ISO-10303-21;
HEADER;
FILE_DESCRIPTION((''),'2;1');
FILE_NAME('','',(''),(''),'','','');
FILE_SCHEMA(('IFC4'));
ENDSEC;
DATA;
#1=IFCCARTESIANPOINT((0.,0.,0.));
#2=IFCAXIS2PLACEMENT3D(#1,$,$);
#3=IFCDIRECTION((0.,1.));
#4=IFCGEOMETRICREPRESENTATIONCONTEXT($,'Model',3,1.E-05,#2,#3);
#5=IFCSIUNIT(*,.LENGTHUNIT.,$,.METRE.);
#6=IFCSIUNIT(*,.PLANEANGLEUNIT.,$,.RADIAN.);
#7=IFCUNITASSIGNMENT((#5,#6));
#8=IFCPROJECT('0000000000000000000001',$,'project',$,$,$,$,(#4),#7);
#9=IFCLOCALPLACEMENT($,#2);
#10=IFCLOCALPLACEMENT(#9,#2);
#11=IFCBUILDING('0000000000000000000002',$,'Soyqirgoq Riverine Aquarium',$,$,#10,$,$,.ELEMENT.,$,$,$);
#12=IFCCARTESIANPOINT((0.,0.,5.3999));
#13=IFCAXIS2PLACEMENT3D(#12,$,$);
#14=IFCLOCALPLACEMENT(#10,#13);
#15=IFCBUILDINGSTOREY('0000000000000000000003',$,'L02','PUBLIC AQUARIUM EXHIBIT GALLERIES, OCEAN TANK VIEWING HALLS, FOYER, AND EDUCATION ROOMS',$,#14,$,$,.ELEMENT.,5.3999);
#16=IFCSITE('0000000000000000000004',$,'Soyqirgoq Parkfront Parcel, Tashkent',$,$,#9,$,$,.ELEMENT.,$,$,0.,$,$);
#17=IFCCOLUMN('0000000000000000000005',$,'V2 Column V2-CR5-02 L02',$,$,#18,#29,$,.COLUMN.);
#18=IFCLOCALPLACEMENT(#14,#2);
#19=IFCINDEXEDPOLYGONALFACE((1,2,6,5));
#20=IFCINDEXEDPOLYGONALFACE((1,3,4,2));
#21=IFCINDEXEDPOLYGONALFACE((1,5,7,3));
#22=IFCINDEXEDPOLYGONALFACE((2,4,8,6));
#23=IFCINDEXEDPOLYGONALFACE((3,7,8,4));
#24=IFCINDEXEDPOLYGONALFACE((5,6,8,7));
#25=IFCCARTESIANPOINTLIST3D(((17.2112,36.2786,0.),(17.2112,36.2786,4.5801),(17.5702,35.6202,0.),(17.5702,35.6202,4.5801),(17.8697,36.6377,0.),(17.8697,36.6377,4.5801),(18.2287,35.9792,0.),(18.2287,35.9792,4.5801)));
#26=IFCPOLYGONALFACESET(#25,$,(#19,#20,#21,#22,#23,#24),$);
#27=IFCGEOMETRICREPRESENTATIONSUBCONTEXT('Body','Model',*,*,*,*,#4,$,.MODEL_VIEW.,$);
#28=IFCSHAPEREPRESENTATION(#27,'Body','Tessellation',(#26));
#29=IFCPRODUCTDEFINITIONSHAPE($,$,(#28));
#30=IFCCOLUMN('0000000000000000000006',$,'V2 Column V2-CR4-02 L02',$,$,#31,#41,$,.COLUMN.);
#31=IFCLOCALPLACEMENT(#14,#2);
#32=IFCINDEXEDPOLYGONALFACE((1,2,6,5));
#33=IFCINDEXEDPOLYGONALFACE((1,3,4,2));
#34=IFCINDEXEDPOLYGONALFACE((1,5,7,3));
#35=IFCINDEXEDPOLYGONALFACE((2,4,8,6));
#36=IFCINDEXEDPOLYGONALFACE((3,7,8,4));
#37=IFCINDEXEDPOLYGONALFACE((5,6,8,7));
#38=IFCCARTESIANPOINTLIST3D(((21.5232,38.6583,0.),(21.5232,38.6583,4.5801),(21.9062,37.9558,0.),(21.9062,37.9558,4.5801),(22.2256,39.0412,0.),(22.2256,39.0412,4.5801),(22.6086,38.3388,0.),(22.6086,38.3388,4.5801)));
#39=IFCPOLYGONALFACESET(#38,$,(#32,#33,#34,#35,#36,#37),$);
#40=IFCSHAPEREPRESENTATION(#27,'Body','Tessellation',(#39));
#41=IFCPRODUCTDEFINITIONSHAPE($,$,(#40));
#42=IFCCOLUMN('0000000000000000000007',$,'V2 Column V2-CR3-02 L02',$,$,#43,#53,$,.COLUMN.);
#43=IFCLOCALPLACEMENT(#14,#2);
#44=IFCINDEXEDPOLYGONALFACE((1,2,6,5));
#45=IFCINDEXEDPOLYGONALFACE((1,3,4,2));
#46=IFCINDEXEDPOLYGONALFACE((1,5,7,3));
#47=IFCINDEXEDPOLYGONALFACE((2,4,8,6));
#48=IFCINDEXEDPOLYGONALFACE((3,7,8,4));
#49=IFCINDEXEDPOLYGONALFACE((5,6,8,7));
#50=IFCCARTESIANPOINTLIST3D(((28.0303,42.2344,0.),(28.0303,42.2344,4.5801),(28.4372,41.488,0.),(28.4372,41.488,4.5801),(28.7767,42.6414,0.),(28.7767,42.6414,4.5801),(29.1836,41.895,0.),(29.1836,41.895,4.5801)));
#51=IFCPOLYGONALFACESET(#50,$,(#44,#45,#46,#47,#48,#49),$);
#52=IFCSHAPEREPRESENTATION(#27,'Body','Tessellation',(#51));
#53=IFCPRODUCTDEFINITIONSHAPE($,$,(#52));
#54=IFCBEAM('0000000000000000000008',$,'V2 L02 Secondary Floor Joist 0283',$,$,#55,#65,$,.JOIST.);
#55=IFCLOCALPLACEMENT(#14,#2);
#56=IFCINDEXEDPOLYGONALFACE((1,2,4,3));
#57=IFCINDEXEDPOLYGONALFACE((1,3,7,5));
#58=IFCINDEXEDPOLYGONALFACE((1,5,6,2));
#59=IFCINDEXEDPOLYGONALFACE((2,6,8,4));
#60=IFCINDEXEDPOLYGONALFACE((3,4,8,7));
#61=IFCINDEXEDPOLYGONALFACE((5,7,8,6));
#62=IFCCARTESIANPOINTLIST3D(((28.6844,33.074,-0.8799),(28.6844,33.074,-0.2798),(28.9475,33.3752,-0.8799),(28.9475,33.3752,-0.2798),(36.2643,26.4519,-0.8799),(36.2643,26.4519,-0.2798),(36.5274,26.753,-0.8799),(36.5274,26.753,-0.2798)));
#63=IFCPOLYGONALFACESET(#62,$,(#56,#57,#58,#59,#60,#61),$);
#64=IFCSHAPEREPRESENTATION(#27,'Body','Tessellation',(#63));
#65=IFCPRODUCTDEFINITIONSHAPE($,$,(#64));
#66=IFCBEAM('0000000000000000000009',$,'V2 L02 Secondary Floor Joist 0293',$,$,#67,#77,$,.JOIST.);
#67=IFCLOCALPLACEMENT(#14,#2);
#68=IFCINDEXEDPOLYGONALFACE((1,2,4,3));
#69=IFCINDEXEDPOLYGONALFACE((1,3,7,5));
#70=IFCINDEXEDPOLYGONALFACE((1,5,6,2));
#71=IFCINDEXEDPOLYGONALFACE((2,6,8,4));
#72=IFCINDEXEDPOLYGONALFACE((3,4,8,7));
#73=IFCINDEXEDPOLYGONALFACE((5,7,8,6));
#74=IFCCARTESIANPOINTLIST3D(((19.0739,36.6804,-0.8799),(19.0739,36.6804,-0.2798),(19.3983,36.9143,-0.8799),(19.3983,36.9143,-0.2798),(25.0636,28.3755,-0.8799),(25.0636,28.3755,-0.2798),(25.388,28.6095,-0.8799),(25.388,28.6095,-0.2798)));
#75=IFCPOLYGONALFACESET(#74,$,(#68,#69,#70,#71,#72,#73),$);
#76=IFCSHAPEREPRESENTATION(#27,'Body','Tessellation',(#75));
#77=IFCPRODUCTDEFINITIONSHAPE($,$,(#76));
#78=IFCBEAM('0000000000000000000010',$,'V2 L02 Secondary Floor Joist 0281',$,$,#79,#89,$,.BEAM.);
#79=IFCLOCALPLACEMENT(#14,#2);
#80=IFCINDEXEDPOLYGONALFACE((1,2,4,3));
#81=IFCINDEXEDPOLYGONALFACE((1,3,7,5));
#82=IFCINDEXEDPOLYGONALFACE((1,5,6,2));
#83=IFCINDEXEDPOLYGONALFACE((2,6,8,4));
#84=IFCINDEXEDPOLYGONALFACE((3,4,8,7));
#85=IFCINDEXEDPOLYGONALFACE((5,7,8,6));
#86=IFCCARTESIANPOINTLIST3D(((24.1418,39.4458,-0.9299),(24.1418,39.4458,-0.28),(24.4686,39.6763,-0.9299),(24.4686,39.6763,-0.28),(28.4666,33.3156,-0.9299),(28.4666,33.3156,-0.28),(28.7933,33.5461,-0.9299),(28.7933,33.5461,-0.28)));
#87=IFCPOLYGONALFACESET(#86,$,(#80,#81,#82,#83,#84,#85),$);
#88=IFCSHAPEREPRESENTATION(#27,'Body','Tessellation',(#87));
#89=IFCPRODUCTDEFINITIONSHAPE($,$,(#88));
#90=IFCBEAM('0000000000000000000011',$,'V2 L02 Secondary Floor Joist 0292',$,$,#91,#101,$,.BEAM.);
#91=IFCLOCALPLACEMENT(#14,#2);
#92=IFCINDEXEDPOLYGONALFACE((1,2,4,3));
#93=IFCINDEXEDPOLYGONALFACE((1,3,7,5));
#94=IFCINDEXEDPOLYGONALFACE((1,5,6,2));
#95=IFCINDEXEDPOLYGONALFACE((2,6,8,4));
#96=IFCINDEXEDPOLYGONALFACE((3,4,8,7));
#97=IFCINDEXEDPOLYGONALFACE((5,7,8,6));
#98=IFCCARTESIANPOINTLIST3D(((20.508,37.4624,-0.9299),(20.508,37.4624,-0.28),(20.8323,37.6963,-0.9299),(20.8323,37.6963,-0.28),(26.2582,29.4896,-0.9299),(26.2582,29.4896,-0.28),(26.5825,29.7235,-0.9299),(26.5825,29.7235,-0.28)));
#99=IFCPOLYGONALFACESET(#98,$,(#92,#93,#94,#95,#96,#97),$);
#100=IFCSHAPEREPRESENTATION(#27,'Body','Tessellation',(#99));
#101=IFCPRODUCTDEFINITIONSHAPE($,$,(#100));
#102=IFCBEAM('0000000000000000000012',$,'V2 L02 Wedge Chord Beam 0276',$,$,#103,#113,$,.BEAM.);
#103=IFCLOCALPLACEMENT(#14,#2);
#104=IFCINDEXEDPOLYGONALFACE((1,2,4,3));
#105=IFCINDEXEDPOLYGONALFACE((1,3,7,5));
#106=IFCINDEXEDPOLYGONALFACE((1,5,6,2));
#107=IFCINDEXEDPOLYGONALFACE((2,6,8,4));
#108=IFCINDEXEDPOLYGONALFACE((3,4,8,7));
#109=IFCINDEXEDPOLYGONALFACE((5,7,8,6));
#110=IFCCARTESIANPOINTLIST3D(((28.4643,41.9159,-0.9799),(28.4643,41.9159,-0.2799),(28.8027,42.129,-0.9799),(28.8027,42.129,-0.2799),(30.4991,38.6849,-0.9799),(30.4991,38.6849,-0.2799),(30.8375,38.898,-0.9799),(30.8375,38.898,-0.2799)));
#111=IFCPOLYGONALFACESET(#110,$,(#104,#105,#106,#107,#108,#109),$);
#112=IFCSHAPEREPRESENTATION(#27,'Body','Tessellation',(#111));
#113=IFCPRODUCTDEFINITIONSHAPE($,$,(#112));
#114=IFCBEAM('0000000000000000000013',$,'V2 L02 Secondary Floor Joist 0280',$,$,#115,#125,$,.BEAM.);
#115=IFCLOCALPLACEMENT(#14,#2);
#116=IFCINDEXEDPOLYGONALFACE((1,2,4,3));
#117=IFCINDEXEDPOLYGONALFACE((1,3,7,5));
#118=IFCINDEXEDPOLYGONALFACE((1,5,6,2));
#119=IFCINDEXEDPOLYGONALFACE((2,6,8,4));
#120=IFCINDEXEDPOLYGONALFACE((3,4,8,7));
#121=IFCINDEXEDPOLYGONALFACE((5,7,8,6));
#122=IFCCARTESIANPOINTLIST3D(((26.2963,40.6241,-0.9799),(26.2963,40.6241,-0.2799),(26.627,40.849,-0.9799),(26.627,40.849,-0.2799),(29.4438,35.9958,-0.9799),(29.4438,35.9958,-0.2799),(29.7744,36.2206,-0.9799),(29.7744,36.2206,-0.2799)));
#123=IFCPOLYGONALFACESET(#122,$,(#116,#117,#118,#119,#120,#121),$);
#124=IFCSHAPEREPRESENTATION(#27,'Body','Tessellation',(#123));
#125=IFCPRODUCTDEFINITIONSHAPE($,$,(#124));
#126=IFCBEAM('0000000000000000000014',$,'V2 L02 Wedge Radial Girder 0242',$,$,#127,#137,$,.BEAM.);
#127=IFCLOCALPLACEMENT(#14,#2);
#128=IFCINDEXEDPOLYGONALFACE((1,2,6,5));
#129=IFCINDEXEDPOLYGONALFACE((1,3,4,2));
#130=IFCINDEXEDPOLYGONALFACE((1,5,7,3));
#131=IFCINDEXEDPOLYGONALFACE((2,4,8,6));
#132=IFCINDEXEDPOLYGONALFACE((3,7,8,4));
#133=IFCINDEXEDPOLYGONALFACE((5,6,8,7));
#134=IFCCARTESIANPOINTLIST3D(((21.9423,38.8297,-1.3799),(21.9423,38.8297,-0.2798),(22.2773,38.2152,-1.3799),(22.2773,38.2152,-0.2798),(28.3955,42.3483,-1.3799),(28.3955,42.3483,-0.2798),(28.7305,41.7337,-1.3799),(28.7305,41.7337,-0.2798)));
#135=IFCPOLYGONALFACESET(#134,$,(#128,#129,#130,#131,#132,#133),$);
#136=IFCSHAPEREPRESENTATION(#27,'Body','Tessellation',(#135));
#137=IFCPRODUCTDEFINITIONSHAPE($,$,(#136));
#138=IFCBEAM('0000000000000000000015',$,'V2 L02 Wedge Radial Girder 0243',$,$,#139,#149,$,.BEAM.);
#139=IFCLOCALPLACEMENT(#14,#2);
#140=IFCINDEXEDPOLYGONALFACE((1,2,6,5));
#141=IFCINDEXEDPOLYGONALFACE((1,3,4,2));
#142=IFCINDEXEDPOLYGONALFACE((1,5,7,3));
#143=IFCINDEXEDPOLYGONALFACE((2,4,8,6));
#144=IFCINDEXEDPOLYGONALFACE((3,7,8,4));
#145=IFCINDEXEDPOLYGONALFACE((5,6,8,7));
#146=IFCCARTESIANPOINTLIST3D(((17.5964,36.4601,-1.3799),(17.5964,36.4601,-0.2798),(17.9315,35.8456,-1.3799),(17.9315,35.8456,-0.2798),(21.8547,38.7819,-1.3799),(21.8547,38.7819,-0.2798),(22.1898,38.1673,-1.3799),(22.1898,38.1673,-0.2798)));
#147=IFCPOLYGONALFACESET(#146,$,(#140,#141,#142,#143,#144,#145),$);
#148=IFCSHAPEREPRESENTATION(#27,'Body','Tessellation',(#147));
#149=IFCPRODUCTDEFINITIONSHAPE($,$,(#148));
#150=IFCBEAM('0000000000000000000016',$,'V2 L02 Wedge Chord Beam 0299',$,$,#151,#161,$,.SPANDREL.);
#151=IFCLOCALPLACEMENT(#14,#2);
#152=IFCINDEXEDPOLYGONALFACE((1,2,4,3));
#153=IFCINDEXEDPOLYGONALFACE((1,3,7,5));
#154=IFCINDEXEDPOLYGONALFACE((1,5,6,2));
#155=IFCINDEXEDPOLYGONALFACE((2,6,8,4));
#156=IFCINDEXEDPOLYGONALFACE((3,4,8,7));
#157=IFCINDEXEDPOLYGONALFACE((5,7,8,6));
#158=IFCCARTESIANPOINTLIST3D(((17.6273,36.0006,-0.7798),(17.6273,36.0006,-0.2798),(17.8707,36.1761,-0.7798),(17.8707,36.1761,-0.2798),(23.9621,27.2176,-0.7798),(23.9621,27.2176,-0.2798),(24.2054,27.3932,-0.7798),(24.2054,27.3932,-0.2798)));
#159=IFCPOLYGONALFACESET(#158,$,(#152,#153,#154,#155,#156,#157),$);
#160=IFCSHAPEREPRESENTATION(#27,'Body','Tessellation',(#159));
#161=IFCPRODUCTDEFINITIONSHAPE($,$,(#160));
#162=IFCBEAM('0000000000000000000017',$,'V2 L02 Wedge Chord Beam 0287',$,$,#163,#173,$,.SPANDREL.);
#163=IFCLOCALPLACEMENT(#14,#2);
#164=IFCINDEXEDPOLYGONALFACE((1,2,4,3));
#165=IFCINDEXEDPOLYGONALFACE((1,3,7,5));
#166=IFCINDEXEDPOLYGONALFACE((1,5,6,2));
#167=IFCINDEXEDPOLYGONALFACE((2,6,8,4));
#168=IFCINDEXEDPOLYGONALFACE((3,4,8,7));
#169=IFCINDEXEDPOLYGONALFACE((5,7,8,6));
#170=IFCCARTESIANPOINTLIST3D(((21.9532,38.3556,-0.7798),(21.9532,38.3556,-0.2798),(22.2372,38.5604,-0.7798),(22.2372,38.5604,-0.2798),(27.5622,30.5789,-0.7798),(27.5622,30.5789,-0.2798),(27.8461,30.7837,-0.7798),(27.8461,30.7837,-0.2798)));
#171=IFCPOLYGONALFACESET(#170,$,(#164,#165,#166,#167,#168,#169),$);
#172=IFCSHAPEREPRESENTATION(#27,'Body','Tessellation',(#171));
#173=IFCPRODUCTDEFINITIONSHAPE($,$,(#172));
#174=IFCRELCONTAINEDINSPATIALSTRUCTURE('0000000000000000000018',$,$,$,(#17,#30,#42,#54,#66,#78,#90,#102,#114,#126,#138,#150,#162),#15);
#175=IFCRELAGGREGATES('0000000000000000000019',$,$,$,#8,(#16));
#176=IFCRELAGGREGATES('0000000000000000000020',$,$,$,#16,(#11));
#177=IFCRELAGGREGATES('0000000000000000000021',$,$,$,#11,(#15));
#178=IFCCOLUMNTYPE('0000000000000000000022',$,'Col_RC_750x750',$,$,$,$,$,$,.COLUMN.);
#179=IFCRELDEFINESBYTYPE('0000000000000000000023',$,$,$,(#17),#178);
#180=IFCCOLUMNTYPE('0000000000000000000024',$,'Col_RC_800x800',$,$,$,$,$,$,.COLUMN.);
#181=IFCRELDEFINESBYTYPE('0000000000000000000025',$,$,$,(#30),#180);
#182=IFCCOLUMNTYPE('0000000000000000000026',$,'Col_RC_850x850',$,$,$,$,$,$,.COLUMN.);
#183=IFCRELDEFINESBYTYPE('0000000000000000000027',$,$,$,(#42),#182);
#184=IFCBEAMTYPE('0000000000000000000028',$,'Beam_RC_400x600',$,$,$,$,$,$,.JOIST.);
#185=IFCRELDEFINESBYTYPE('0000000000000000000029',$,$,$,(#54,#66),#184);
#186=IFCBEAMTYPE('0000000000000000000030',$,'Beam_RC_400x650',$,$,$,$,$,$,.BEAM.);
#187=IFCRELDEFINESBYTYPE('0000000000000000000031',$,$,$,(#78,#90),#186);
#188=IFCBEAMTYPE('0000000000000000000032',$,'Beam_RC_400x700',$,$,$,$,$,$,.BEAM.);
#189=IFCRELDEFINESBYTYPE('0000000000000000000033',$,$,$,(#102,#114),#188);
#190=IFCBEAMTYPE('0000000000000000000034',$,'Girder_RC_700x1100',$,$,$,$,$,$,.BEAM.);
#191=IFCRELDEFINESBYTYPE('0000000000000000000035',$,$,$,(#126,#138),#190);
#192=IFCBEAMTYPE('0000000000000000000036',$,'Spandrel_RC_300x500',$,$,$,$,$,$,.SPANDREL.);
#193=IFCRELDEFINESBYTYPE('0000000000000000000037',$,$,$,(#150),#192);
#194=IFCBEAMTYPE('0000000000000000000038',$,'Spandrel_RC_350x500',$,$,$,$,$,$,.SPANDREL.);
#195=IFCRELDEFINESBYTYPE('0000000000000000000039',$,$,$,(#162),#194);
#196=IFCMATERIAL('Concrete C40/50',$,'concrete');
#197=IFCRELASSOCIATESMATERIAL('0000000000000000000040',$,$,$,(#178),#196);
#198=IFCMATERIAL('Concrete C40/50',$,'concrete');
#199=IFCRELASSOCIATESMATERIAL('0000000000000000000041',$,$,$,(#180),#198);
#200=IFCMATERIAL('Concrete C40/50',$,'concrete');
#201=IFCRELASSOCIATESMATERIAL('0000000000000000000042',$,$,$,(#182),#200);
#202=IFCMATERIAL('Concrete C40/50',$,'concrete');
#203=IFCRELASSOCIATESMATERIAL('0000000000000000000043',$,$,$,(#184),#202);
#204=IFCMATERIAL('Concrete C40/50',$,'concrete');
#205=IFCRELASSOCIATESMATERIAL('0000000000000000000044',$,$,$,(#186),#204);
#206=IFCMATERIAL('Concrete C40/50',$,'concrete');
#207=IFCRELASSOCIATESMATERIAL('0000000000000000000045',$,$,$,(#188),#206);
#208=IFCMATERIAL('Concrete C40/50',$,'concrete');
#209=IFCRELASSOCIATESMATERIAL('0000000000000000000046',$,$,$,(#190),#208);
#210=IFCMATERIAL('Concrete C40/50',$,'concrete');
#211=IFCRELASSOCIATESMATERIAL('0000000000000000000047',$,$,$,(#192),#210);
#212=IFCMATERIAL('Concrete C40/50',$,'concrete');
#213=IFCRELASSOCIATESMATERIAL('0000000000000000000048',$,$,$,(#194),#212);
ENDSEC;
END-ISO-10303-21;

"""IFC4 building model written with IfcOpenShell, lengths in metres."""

from ifc_helpers import new_model, si_unit, direction, frame, origin, origin_2d, place, context, subcontext, project, spatial, rectangle, extrude, material, material_profile, profile_set, type_object, element, save


model = new_model("IFC4")

# Units and contexts
model_context = context("Model", 3, precision=1e-05, world=origin(), true_north=direction((0.0, 1.0)))
body_context = subcontext(model_context, "Body", "Model", "MODEL_VIEW")
ifc_project = project(units=[si_unit("LENGTHUNIT", "METRE"), si_unit("PLANEANGLEUNIT", "RADIAN")], contexts=[model_context])

# Site, building, storey
site_placement = place(None, origin())
site = spatial("IfcSite", under=ifc_project, at=site_placement, Name="Soyqirgoq Parkfront Parcel, Tashkent", CompositionType="ELEMENT", RefElevation=0.0)
building_placement = place(site_placement, origin())
building = spatial("IfcBuilding", under=site, at=building_placement, Name="Soyqirgoq Riverine Aquarium", CompositionType="ELEMENT")
storey_placement = place(building_placement, frame((0.0, 0.0, 5.3999)))
storey = spatial("IfcBuildingStorey", under=building, at=storey_placement, Name="L02", Description="PUBLIC AQUARIUM EXHIBIT GALLERIES, OCEAN TANK VIEWING HALLS, FOYER, AND EDUCATION ROOMS", CompositionType="ELEMENT", Elevation=5.3999)

# Columns
ifc_material_1 = material(Name="Concrete C40/50", Category="concrete")
ifc_material_profile_1 = material_profile(ifc_material_1, rectangle(XDim=0.75, YDim=0.75, at=origin_2d()), Name="RC 750x750")
ifc_profile_set_1 = profile_set([ifc_material_profile_1], Name="Concrete C40/50")
column_type_1 = type_object("IfcColumnType", Name="Col_RC_750x750", PredefinedType="COLUMN", material=ifc_profile_set_1)
column_1_placement = place(storey_placement, frame((17.72, 36.1289, 0.0), z_axis=(0.0, 0.0, 1.0), x_axis=(-0.877983, -0.478692, 0.0)))
element("IfcColumn", 1, at=column_1_placement, inside=storey, type_object=column_type_1, Name="V2 Column V2-CR5-02 L02", PredefinedType="COLUMN", context=body_context, shape_type="SweptSolid", body=[
    extrude(rectangle(XDim=0.75, YDim=0.75, at=origin_2d()), origin(), (0.0, 0.0, 1.0), 4.5801),
])
ifc_material_2 = material(Name="Concrete C40/50", Category="concrete")
ifc_material_profile_2 = material_profile(ifc_material_2, rectangle(XDim=0.8, YDim=0.8, at=origin_2d()), Name="RC 800x800")
ifc_profile_set_2 = profile_set([ifc_material_profile_2], Name="Concrete C40/50")
column_type_2 = type_object("IfcColumnType", Name="Col_RC_800x800", PredefinedType="COLUMN", material=ifc_profile_set_2)
column_2_placement = place(storey_placement, frame((22.0659, 38.4985, 0.0), z_axis=(0.0, 0.0, 1.0), x_axis=(-0.877983, -0.478692, 0.0)))
element("IfcColumn", 2, at=column_2_placement, inside=storey, type_object=column_type_2, Name="V2 Column V2-CR4-02 L02", PredefinedType="COLUMN", context=body_context, shape_type="SweptSolid", body=[
    extrude(rectangle(XDim=0.8, YDim=0.8, at=origin_2d()), origin(), (0.0, 0.0, 1.0), 4.5801),
])
ifc_material_3 = material(Name="Concrete C40/50", Category="concrete")
ifc_material_profile_3 = material_profile(ifc_material_3, rectangle(XDim=0.8501, YDim=0.8501, at=origin_2d()), Name="RC 850x850")
ifc_profile_set_3 = profile_set([ifc_material_profile_3], Name="Concrete C40/50")
column_type_3 = type_object("IfcColumnType", Name="Col_RC_850x850", PredefinedType="COLUMN", material=ifc_profile_set_3)
column_3_placement = place(storey_placement, frame((28.6069, 42.0647, 0.0), z_axis=(0.0, 0.0, 1.0), x_axis=(-0.877983, -0.478692, 0.0)))
element("IfcColumn", 3, at=column_3_placement, inside=storey, type_object=column_type_3, Name="V2 Column V2-CR3-02 L02", PredefinedType="COLUMN", context=body_context, shape_type="SweptSolid", body=[
    extrude(rectangle(XDim=0.8501, YDim=0.8501, at=origin_2d()), origin(), (0.0, 0.0, 1.0), 4.5801),
])

# Beams
ifc_material_4 = material(Name="Concrete C40/50", Category="concrete")
ifc_material_profile_4 = material_profile(ifc_material_4, rectangle(XDim=0.3999, YDim=0.6001, at=origin_2d()), Name="RC 400x600")
ifc_profile_set_4 = profile_set([ifc_material_profile_4], Name="Concrete C40/50")
beam_type_1 = type_object("IfcBeamType", Name="Beam_RC_400x600", PredefinedType="JOIST", material=ifc_profile_set_4)
beam_1_placement = place(storey_placement, frame((28.8159, 33.2246, -0.5798), z_axis=(0.753083, -0.657926, 0.0), x_axis=(0.657926, 0.753083, 0.0)))
element("IfcBeam", 4, at=beam_1_placement, inside=storey, type_object=beam_type_1, Name="V2 L02 Secondary Floor Joist 0283", PredefinedType="JOIST", context=body_context, shape_type="SweptSolid", body=[
    extrude(rectangle(XDim=0.3999, YDim=0.6001, at=origin_2d()), origin(), (0.0, 0.0, 1.0), 10.0652),
])
beam_2_placement = place(storey_placement, frame((19.2361, 36.7974, -0.5798), z_axis=(0.58496, -0.811062, 0.0), x_axis=(0.811062, 0.58496, 0.0)))
element("IfcBeam", 5, at=beam_2_placement, inside=storey, type_object=beam_type_1, Name="V2 L02 Secondary Floor Joist 0293", PredefinedType="JOIST", context=body_context, shape_type="SweptSolid", body=[
    extrude(rectangle(XDim=0.3999, YDim=0.6001, at=origin_2d()), origin(), (0.0, 0.0, 1.0), 10.2395),
])
ifc_material_5 = material(Name="Concrete C40/50", Category="concrete")
ifc_material_profile_5 = material_profile(ifc_material_5, rectangle(XDim=0.3999, YDim=0.6499, at=origin_2d()), Name="RC 400x650")
ifc_profile_set_5 = profile_set([ifc_material_profile_5], Name="Concrete C40/50")
beam_type_2 = type_object("IfcBeamType", Name="Beam_RC_400x650", PredefinedType="BEAM", material=ifc_profile_set_5)
beam_3_placement = place(storey_placement, frame((24.3052, 39.561, -0.605), z_axis=(0.576466, -0.817121, 0.0), x_axis=(0.817121, 0.576466, 0.0)))
element("IfcBeam", 6, at=beam_3_placement, inside=storey, type_object=beam_type_2, Name="V2 L02 Secondary Floor Joist 0281", PredefinedType="BEAM", context=body_context, shape_type="SweptSolid", body=[
    extrude(rectangle(XDim=0.3999, YDim=0.6499, at=origin_2d()), origin(), (0.0, 0.0, 1.0), 7.5022),
])
beam_4_placement = place(storey_placement, frame((20.6702, 37.5793, -0.605), z_axis=(0.584958, -0.811063, 0.0), x_axis=(0.811063, 0.584958, 0.0)))
element("IfcBeam", 7, at=beam_4_placement, inside=storey, type_object=beam_type_2, Name="V2 L02 Secondary Floor Joist 0292", PredefinedType="BEAM", context=body_context, shape_type="SweptSolid", body=[
    extrude(rectangle(XDim=0.3999, YDim=0.6499, at=origin_2d()), origin(), (0.0, 0.0, 1.0), 9.8301),
])
ifc_material_6 = material(Name="Concrete C40/50", Category="concrete")
ifc_material_profile_6 = material_profile(ifc_material_6, rectangle(XDim=0.3999, YDim=0.7, at=origin_2d()), Name="RC 400x700")
ifc_profile_set_6 = profile_set([ifc_material_profile_6], Name="Concrete C40/50")
beam_type_3 = type_object("IfcBeamType", Name="Beam_RC_400x700", PredefinedType="BEAM", material=ifc_profile_set_6)
beam_5_placement = place(storey_placement, frame((28.6335, 42.0225, -0.6299), z_axis=(0.532881, -0.84619, 0.0), x_axis=(0.84619, 0.532881, 0.0)))
element("IfcBeam", 8, at=beam_5_placement, inside=storey, type_object=beam_type_3, Name="V2 L02 Wedge Chord Beam 0276", PredefinedType="BEAM", context=body_context, shape_type="SweptSolid", body=[
    extrude(rectangle(XDim=0.3999, YDim=0.7, at=origin_2d()), origin(), (0.0, 0.0, 1.0), 3.8184),
])
beam_6_placement = place(storey_placement, frame((26.4617, 40.7366, -0.6299), z_axis=(0.562327, -0.826915, 0.0), x_axis=(0.826915, 0.562327, 0.0)))
element("IfcBeam", 9, at=beam_6_placement, inside=storey, type_object=beam_type_3, Name="V2 L02 Secondary Floor Joist 0280", PredefinedType="BEAM", context=body_context, shape_type="SweptSolid", body=[
    extrude(rectangle(XDim=0.3999, YDim=0.7, at=origin_2d()), origin(), (0.0, 0.0, 1.0), 5.5972),
])
ifc_material_7 = material(Name="Concrete C40/50", Category="concrete")
ifc_material_profile_7 = material_profile(ifc_material_7, rectangle(XDim=0.7, YDim=1.1001, at=origin_2d()), Name="RC 700x1100")
ifc_profile_set_7 = profile_set([ifc_material_profile_7], Name="Concrete C40/50")
beam_type_4 = type_object("IfcBeamType", Name="Girder_RC_700x1100", PredefinedType="BEAM", material=ifc_profile_set_7)
beam_7_placement = place(storey_placement, frame((28.563, 42.041, -0.8298), z_axis=(-0.877972, -0.478712, 0.0), x_axis=(0.478712, -0.877972, 0.0)))
element("IfcBeam", 10, at=beam_7_placement, inside=storey, type_object=beam_type_4, Name="V2 L02 Wedge Radial Girder 0242", PredefinedType="BEAM", context=body_context, shape_type="SweptSolid", body=[
    extrude(rectangle(XDim=0.7, YDim=1.1001, at=origin_2d()), origin(), (0.0, 0.0, 1.0), 7.3501),
])
beam_8_placement = place(storey_placement, frame((22.0222, 38.4746, -0.8298), z_axis=(-0.877976, -0.478704, 0.0), x_axis=(0.478704, -0.877976, 0.0)))
element("IfcBeam", 11, at=beam_8_placement, inside=storey, type_object=beam_type_4, Name="V2 L02 Wedge Radial Girder 0243", PredefinedType="BEAM", context=body_context, shape_type="SweptSolid", body=[
    extrude(rectangle(XDim=0.7, YDim=1.1001, at=origin_2d()), origin(), (0.0, 0.0, 1.0), 4.8501),
])
ifc_material_8 = material(Name="Concrete C40/50", Category="concrete")
ifc_material_profile_8 = material_profile(ifc_material_8, rectangle(XDim=0.3, YDim=0.5, at=origin_2d()), Name="RC 300x500")
ifc_profile_set_8 = profile_set([ifc_material_profile_8], Name="Concrete C40/50")
beam_type_5 = type_object("IfcBeamType", Name="Spandrel_RC_300x500", PredefinedType="SPANDREL", material=ifc_profile_set_8)
beam_9_placement = place(storey_placement, frame((17.749, 36.0884, -0.5298), z_axis=(0.584973, -0.811053, 0.0), x_axis=(0.811053, 0.584973, 0.0)))
element("IfcBeam", 12, at=beam_9_placement, inside=storey, type_object=beam_type_5, Name="V2 L02 Wedge Chord Beam 0299", PredefinedType="SPANDREL", context=body_context, shape_type="SweptSolid", body=[
    extrude(rectangle(XDim=0.3, YDim=0.5, at=origin_2d()), origin(), (0.0, 0.0, 1.0), 10.8291),
])
ifc_material_9 = material(Name="Concrete C40/50", Category="concrete")
ifc_material_profile_9 = material_profile(ifc_material_9, rectangle(XDim=0.3501, YDim=0.5, at=origin_2d()), Name="RC 350x500")
ifc_profile_set_9 = profile_set([ifc_material_profile_9], Name="Concrete C40/50")
beam_type_6 = type_object("IfcBeamType", Name="Spandrel_RC_350x500", PredefinedType="SPANDREL", material=ifc_profile_set_9)
beam_10_placement = place(storey_placement, frame((22.0952, 38.458, -0.5298), z_axis=(0.584973, -0.811053, 0.0), x_axis=(0.811053, 0.584973, 0.0)))
element("IfcBeam", 13, at=beam_10_placement, inside=storey, type_object=beam_type_6, Name="V2 L02 Wedge Chord Beam 0287", PredefinedType="SPANDREL", context=body_context, shape_type="SweptSolid", body=[
    extrude(rectangle(XDim=0.3501, YDim=0.5, at=origin_2d()), origin(), (0.0, 0.0, 1.0), 9.5884),
])

save(model, "model.ifc")
